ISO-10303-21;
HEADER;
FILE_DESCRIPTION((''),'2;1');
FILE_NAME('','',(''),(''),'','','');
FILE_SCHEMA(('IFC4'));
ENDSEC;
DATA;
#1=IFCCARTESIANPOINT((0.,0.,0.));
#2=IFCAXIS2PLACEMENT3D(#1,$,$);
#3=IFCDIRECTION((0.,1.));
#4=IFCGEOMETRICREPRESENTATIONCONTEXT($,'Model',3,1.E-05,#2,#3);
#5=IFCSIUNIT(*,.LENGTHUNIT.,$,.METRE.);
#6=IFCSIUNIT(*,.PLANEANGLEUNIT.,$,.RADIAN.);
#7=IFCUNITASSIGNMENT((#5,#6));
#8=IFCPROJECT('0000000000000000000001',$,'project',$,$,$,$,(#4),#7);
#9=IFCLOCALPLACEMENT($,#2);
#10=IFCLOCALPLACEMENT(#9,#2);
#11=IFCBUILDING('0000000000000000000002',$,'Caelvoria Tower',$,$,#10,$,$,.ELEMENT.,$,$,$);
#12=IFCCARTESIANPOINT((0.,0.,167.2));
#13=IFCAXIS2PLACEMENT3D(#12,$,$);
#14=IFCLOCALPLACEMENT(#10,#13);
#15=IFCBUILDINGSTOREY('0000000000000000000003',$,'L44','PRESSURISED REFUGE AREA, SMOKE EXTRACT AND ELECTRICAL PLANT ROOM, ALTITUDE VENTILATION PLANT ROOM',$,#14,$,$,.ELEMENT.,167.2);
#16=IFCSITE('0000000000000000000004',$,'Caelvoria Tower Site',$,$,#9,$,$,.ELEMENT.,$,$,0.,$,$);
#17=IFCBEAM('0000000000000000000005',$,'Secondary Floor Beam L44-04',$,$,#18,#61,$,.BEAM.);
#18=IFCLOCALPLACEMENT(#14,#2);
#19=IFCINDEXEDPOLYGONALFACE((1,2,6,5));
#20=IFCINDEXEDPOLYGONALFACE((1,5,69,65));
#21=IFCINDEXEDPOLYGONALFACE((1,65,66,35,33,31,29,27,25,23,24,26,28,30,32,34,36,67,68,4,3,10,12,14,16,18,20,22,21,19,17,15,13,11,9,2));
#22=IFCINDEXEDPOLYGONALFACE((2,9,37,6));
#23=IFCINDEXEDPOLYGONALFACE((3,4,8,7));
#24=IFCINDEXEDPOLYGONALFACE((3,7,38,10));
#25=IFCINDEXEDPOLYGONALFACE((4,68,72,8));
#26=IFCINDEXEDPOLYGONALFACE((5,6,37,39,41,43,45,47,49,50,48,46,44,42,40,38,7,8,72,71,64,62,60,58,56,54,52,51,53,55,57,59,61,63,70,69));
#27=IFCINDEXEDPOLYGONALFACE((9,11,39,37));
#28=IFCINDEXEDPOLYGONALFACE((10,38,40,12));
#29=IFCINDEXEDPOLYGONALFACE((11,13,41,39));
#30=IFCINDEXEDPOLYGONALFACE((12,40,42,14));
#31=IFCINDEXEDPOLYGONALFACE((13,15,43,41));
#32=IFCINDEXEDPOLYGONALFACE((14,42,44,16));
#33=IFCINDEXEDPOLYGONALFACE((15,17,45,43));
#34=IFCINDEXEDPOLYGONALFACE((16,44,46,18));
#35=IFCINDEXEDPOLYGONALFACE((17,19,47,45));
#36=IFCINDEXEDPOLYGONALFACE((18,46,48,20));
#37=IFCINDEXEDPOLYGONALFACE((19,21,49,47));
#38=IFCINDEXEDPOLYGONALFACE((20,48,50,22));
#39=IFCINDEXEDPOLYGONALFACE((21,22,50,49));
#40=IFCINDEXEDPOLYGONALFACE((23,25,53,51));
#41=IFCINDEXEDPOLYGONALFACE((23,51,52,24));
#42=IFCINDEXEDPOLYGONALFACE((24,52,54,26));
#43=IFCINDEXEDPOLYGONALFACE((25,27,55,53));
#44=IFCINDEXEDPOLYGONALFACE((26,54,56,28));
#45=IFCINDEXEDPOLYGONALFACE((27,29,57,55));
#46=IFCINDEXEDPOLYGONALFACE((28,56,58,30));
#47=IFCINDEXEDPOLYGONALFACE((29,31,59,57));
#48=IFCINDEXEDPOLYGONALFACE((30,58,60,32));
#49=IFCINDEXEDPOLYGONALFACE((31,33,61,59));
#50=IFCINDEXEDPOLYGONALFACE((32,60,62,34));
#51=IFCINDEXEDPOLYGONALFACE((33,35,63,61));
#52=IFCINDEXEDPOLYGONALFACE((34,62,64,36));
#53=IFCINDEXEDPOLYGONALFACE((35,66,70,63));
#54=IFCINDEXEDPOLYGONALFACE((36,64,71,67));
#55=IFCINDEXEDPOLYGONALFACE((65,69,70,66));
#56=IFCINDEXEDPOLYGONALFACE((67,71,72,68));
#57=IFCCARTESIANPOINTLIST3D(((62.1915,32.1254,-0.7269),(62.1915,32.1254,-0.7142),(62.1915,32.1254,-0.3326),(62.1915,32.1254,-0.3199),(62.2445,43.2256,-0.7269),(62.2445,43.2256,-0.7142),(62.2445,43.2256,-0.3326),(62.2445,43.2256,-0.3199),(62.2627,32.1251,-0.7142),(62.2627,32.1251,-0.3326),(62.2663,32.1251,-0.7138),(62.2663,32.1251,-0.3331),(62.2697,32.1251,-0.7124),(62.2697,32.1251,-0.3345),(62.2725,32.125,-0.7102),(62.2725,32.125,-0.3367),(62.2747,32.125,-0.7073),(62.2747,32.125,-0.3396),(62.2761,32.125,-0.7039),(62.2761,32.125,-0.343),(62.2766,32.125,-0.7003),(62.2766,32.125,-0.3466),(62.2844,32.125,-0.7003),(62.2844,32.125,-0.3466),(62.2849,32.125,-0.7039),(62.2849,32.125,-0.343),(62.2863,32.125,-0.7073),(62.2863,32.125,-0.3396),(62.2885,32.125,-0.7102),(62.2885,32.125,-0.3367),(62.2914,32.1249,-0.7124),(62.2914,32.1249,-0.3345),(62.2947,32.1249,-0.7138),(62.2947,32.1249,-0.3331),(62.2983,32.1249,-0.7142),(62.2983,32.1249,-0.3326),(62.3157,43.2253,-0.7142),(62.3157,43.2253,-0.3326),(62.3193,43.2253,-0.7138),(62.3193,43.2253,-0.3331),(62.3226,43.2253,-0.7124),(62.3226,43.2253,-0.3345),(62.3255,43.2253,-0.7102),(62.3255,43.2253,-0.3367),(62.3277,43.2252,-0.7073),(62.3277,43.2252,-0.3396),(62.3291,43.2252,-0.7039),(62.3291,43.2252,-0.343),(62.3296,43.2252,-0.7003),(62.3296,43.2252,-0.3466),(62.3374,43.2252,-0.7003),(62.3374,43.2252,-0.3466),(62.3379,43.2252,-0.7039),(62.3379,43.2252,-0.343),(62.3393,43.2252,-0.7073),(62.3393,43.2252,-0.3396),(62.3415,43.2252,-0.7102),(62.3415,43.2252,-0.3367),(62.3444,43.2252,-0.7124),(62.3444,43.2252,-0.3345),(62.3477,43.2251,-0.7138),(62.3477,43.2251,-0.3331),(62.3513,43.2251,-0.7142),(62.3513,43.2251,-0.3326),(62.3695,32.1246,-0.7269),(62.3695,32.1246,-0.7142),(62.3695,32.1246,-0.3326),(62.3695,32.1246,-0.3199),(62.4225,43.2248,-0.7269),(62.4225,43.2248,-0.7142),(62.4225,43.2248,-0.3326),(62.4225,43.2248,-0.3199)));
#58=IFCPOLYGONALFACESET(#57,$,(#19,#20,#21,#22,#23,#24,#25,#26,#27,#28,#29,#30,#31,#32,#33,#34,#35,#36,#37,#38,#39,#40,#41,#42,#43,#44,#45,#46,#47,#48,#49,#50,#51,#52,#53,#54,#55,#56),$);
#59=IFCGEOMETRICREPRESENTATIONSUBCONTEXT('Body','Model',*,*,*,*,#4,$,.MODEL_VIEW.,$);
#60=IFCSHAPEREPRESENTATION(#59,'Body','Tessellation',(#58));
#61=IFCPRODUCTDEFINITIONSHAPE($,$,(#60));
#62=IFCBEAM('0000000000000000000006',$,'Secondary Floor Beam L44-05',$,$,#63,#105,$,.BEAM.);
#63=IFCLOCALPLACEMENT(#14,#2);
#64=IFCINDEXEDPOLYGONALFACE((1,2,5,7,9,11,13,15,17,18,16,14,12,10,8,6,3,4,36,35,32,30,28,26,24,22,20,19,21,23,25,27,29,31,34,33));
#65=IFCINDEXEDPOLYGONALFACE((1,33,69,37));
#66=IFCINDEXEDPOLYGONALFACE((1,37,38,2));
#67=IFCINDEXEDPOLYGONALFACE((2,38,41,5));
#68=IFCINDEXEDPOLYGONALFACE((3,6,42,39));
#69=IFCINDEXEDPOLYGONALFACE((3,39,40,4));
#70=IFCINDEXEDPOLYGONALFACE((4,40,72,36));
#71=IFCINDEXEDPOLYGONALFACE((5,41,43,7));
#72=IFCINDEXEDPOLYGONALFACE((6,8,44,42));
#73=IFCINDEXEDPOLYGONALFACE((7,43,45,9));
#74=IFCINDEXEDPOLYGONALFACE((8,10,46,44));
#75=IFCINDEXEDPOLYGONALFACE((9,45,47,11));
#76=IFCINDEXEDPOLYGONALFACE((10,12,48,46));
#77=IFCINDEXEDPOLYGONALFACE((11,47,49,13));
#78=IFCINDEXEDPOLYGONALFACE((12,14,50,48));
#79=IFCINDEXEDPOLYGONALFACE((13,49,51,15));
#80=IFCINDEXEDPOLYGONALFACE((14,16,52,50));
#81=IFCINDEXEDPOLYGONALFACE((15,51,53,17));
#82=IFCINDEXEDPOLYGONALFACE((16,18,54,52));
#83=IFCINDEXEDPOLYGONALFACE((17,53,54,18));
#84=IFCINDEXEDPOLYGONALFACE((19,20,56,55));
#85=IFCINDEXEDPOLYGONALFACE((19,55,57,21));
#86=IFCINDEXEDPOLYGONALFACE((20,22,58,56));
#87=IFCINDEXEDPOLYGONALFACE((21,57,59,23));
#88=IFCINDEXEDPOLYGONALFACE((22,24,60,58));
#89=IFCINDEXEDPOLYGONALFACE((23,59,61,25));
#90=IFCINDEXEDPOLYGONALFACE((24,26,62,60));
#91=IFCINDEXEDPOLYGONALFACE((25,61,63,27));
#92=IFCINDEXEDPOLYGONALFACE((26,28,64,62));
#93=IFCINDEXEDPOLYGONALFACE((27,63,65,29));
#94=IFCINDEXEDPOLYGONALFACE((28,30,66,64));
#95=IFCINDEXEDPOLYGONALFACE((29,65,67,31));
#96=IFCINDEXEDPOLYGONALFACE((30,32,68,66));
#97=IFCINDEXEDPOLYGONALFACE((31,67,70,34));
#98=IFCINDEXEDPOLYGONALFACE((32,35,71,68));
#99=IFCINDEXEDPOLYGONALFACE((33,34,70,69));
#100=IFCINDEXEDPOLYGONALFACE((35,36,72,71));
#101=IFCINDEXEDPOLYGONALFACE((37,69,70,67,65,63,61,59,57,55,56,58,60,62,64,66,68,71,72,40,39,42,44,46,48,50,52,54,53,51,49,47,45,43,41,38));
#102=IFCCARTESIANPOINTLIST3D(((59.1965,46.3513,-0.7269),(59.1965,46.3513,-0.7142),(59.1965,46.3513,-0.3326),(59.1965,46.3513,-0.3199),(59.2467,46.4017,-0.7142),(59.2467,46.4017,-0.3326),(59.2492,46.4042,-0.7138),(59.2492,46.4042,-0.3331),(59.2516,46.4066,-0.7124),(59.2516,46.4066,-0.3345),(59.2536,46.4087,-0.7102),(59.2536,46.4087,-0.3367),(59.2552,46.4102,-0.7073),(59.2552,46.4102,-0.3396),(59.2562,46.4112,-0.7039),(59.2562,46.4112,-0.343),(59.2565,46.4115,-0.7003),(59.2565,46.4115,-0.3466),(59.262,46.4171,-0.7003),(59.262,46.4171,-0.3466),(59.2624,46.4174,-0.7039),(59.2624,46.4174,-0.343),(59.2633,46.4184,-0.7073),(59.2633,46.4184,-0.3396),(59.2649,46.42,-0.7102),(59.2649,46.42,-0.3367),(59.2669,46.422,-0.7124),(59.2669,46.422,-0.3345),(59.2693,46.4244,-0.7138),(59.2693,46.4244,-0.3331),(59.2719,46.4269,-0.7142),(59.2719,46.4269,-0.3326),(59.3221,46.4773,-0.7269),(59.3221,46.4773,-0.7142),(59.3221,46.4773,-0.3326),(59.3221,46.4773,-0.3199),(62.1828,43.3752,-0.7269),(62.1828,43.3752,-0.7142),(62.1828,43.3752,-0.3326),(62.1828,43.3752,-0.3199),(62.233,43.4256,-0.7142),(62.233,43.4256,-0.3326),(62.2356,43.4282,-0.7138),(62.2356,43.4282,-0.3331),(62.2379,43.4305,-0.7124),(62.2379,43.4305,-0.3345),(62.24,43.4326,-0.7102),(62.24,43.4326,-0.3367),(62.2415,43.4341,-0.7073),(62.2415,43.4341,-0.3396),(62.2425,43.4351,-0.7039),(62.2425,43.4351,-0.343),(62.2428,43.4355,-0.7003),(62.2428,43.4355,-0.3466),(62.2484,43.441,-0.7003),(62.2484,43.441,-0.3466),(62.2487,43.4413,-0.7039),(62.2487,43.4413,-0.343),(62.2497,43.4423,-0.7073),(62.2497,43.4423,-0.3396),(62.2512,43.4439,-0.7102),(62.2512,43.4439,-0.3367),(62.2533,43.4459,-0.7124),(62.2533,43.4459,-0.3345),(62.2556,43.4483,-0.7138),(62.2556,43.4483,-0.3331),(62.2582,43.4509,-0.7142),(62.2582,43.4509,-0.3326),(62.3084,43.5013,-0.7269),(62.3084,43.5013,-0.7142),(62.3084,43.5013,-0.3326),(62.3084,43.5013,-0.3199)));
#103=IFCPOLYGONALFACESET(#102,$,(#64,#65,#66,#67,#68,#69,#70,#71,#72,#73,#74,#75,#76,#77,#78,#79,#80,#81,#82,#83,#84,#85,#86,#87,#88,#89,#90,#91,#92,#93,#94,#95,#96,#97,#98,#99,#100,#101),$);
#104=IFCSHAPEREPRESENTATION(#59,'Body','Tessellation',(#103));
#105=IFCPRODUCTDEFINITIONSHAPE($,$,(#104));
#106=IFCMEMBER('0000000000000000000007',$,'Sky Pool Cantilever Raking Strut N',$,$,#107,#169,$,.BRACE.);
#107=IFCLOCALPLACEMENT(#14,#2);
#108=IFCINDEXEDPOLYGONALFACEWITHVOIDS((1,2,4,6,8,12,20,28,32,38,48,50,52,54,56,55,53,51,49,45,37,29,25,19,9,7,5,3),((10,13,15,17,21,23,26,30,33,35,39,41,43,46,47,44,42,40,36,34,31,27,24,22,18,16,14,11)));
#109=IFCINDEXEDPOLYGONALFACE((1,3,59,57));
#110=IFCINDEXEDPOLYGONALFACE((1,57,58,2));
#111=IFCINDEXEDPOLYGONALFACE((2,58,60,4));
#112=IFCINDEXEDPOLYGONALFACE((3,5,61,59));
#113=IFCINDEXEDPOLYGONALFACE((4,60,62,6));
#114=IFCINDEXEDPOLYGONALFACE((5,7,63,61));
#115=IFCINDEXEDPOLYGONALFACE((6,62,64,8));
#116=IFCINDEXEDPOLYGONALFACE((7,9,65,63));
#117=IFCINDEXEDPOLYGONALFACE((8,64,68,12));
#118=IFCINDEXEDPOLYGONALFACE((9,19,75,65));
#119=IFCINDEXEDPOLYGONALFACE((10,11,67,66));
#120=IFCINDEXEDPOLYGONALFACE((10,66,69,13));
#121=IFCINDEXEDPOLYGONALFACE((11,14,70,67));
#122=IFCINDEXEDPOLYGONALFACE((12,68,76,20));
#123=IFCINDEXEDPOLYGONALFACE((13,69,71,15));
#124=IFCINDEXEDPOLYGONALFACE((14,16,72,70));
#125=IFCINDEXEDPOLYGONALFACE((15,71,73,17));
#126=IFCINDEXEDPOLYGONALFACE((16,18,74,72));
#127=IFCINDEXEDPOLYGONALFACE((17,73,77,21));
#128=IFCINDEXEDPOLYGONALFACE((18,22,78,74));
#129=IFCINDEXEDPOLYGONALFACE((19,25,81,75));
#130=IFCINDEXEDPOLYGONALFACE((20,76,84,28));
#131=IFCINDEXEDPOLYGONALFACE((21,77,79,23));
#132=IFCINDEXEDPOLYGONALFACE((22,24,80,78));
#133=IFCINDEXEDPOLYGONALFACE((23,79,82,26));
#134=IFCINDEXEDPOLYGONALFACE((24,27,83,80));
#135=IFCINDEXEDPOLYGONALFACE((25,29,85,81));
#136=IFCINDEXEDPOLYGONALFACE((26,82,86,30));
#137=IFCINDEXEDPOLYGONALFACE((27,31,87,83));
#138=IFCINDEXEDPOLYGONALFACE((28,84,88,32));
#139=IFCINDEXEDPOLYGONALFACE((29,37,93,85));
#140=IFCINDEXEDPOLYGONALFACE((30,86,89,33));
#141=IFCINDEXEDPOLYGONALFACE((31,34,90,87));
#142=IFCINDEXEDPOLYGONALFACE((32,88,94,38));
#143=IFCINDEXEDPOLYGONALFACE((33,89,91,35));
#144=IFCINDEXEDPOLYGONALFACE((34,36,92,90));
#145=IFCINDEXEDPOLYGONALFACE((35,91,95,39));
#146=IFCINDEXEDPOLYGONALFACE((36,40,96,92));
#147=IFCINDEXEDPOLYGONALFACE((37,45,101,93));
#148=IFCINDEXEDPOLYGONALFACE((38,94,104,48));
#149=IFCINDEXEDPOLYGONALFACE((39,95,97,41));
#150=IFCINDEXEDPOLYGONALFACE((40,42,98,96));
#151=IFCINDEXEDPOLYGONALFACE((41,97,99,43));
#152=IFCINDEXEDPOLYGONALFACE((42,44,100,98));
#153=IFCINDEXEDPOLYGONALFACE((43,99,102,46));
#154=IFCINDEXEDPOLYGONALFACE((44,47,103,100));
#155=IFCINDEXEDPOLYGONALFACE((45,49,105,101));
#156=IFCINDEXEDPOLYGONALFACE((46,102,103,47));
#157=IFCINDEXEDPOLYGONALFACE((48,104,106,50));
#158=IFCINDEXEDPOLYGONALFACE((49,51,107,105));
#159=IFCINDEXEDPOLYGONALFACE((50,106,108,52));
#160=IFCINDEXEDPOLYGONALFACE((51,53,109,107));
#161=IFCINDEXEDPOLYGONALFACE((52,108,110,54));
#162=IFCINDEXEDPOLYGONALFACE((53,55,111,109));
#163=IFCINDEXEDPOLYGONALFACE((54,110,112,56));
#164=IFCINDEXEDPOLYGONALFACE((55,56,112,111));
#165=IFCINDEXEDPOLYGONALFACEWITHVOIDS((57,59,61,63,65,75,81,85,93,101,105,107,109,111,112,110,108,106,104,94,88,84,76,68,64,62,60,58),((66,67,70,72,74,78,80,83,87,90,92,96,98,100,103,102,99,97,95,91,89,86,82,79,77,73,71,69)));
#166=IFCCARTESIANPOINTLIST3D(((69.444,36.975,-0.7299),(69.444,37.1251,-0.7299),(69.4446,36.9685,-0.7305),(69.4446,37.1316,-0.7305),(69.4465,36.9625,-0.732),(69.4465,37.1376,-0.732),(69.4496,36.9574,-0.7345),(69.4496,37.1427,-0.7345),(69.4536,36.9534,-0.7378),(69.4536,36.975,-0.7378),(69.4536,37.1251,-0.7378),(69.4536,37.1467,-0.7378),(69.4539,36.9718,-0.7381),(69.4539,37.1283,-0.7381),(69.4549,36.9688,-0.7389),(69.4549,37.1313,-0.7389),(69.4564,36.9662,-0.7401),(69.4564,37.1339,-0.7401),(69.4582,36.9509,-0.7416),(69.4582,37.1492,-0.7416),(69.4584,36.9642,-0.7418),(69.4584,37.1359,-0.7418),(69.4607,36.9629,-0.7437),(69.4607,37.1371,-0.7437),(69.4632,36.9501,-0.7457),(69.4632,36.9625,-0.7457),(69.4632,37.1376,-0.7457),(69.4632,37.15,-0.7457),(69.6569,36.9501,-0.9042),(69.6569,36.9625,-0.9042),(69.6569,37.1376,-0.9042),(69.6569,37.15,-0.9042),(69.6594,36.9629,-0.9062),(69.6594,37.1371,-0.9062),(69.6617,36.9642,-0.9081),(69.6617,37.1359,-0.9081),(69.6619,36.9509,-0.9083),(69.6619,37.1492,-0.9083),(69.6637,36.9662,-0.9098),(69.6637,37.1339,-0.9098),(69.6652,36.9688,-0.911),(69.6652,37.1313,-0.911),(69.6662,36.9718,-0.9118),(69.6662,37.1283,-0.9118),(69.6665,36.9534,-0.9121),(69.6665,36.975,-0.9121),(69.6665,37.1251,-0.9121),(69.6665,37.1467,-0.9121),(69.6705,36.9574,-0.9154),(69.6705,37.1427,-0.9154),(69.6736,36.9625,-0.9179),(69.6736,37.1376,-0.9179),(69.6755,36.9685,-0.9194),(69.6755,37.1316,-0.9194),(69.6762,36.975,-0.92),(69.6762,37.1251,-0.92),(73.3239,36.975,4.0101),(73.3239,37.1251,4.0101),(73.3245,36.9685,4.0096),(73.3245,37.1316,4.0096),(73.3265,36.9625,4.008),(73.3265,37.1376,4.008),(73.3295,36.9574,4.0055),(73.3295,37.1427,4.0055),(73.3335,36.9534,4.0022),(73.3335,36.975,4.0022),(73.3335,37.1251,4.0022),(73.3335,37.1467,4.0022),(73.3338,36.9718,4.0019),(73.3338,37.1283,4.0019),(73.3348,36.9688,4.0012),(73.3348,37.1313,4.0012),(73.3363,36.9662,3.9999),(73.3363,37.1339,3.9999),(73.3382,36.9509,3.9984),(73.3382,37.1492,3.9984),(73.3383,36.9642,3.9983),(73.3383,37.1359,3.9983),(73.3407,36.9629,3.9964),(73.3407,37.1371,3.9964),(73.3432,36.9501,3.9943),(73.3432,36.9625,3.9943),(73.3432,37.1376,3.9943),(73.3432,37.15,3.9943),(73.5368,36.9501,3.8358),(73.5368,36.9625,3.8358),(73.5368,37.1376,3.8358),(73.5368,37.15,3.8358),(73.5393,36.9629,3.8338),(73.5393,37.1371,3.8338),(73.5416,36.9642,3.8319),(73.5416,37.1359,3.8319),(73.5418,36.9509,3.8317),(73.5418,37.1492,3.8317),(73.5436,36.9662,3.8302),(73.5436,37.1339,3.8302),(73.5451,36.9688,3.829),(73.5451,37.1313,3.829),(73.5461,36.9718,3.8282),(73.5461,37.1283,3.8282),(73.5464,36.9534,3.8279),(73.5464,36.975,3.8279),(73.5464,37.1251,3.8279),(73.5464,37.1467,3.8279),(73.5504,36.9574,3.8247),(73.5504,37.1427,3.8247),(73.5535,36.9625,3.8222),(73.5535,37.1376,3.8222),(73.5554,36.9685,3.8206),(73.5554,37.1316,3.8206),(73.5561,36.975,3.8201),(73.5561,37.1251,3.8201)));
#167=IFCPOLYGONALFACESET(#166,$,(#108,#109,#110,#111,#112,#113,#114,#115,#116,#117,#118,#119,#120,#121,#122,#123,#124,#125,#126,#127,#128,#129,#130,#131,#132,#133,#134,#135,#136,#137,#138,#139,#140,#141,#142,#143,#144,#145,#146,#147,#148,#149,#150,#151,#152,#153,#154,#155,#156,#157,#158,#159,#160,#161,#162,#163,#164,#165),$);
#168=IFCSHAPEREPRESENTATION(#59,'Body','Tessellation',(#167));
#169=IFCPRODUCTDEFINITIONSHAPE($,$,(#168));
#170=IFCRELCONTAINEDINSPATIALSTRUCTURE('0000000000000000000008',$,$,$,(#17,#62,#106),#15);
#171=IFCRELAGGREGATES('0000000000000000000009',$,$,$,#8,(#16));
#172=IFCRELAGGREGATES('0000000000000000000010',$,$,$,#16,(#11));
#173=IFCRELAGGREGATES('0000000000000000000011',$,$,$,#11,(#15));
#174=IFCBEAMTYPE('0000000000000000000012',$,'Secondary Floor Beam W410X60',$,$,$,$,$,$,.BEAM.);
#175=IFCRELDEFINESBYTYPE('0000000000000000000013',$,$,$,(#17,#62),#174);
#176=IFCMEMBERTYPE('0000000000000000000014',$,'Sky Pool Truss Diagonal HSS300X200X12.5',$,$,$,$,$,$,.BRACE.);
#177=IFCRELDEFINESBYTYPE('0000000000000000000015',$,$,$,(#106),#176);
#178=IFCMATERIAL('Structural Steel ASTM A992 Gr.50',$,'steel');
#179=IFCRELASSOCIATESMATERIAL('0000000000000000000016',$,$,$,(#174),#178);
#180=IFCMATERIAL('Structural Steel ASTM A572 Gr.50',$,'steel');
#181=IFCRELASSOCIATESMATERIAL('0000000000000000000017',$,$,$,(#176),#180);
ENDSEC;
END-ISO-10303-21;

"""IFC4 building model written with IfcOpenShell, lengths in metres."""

from ifc_helpers import new_model, si_unit, direction, frame, origin, origin_2d, place, context, subcontext, project, spatial, hollow_rectangle, i_section, extrude, material, material_profile, profile_set, type_object, element, save


model = new_model("IFC4")

# Units and contexts
model_context = context("Model", 3, precision=1e-05, world=origin(), true_north=direction((0.0, 1.0)))
body_context = subcontext(model_context, "Body", "Model", "MODEL_VIEW")
ifc_project = project(units=[si_unit("LENGTHUNIT", "METRE"), si_unit("PLANEANGLEUNIT", "RADIAN")], contexts=[model_context])

# Site, building, storey
site_placement = place(None, origin())
site = spatial("IfcSite", under=ifc_project, at=site_placement, Name="Caelvoria Tower Site", CompositionType="ELEMENT", RefElevation=0.0)
building_placement = place(site_placement, origin())
building = spatial("IfcBuilding", under=site, at=building_placement, Name="Caelvoria Tower", CompositionType="ELEMENT")
storey_placement = place(building_placement, frame((0.0, 0.0, 167.2)))
storey = spatial("IfcBuildingStorey", under=building, at=storey_placement, Name="L44", Description="PRESSURISED REFUGE AREA, SMOKE EXTRACT AND ELECTRICAL PLANT ROOM, ALTITUDE VENTILATION PLANT ROOM", CompositionType="ELEMENT", Elevation=167.2)

# Shared definitions
ifc_material_1 = material(Name="Structural Steel ASTM A572 Gr.50", Category="steel")

# Beams
ifc_material_2 = material(Name="Structural Steel ASTM A992 Gr.50", Category="steel")
ifc_material_profile_1 = material_profile(ifc_material_2, i_section(OverallWidth=0.178, OverallDepth=0.407, WebThickness=0.0078, FlangeThickness=0.0127, FilletRadius=0.0139, at=origin_2d()), Name="Structural Steel ASTM A992 Gr.50")
ifc_profile_set_1 = profile_set([ifc_material_profile_1], Name="W410X60 - Structural Steel ASTM A992 Gr.50")
beam_type_1 = type_object("IfcBeamType", Name="Secondary Floor Beam W410X60", PredefinedType="BEAM", material=ifc_profile_set_1)
beam_1_placement = place(storey_placement, frame((62.2805, 32.125, -0.5234), z_axis=(0.004773, 0.999989, 0.0), x_axis=(-0.999989, 0.004773, 0.0)))
element("IfcBeam", 1, at=beam_1_placement, inside=storey, type_object=beam_type_1, Name="Secondary Floor Beam L44-04", PredefinedType="BEAM", context=body_context, shape_type="SweptSolid", body=[
    extrude(i_section(OverallWidth=0.178, OverallDepth=0.407, WebThickness=0.0078, FlangeThickness=0.0127, FilletRadius=0.0139, at=origin_2d()), origin(), (0.0, 0.0, 1.0), 11.1003),
])
beam_2_placement = place(storey_placement, frame((62.2456, 43.4382, -0.5234), z_axis=(-0.708322, 0.70589, 0.0), x_axis=(-0.70589, -0.708322, 0.0)))
element("IfcBeam", 2, at=beam_2_placement, inside=storey, type_object=beam_type_1, Name="Secondary Floor Beam L44-05", PredefinedType="BEAM", context=body_context, shape_type="SweptSolid", body=[
    extrude(i_section(OverallWidth=0.178, OverallDepth=0.407, WebThickness=0.0078, FlangeThickness=0.0127, FilletRadius=0.0139, at=origin_2d()), origin(), (0.0, 0.0, 1.0), 4.2161),
])

# Member
ifc_material_profile_2 = material_profile(ifc_material_1, hollow_rectangle(XDim=0.2, YDim=0.3, WallThickness=0.0125, InnerFilletRadius=0.0125, OuterFilletRadius=0.0249, at=origin_2d()), Name="Structural Steel ASTM A572 Gr.50")
ifc_profile_set_2 = profile_set([ifc_material_profile_2], Name="HSS300X200X12.5 - Structural Steel ASTM A572 Gr.50")
member_type_1 = type_object("IfcMemberType", Name="Sky Pool Truss Diagonal HSS300X200X12.5", PredefinedType="BRACE", material=ifc_profile_set_2)
member_1_placement = place(storey_placement, frame((69.5601, 37.05, -0.825), z_axis=(0.633405, 0.0, 0.773821), x_axis=(0.0, 1.0, 0.0)))
element("IfcMember", 3, at=member_1_placement, inside=storey, type_object=member_type_1, Name="Sky Pool Cantilever Raking Strut N", PredefinedType="BRACE", context=body_context, shape_type="SweptSolid", body=[
    extrude(hollow_rectangle(XDim=0.2, YDim=0.3, WallThickness=0.0125, InnerFilletRadius=0.0125, OuterFilletRadius=0.0249, at=origin_2d()), origin(), (0.0, 0.0, 1.0), 6.1255),
])

save(model, "model.ifc")
